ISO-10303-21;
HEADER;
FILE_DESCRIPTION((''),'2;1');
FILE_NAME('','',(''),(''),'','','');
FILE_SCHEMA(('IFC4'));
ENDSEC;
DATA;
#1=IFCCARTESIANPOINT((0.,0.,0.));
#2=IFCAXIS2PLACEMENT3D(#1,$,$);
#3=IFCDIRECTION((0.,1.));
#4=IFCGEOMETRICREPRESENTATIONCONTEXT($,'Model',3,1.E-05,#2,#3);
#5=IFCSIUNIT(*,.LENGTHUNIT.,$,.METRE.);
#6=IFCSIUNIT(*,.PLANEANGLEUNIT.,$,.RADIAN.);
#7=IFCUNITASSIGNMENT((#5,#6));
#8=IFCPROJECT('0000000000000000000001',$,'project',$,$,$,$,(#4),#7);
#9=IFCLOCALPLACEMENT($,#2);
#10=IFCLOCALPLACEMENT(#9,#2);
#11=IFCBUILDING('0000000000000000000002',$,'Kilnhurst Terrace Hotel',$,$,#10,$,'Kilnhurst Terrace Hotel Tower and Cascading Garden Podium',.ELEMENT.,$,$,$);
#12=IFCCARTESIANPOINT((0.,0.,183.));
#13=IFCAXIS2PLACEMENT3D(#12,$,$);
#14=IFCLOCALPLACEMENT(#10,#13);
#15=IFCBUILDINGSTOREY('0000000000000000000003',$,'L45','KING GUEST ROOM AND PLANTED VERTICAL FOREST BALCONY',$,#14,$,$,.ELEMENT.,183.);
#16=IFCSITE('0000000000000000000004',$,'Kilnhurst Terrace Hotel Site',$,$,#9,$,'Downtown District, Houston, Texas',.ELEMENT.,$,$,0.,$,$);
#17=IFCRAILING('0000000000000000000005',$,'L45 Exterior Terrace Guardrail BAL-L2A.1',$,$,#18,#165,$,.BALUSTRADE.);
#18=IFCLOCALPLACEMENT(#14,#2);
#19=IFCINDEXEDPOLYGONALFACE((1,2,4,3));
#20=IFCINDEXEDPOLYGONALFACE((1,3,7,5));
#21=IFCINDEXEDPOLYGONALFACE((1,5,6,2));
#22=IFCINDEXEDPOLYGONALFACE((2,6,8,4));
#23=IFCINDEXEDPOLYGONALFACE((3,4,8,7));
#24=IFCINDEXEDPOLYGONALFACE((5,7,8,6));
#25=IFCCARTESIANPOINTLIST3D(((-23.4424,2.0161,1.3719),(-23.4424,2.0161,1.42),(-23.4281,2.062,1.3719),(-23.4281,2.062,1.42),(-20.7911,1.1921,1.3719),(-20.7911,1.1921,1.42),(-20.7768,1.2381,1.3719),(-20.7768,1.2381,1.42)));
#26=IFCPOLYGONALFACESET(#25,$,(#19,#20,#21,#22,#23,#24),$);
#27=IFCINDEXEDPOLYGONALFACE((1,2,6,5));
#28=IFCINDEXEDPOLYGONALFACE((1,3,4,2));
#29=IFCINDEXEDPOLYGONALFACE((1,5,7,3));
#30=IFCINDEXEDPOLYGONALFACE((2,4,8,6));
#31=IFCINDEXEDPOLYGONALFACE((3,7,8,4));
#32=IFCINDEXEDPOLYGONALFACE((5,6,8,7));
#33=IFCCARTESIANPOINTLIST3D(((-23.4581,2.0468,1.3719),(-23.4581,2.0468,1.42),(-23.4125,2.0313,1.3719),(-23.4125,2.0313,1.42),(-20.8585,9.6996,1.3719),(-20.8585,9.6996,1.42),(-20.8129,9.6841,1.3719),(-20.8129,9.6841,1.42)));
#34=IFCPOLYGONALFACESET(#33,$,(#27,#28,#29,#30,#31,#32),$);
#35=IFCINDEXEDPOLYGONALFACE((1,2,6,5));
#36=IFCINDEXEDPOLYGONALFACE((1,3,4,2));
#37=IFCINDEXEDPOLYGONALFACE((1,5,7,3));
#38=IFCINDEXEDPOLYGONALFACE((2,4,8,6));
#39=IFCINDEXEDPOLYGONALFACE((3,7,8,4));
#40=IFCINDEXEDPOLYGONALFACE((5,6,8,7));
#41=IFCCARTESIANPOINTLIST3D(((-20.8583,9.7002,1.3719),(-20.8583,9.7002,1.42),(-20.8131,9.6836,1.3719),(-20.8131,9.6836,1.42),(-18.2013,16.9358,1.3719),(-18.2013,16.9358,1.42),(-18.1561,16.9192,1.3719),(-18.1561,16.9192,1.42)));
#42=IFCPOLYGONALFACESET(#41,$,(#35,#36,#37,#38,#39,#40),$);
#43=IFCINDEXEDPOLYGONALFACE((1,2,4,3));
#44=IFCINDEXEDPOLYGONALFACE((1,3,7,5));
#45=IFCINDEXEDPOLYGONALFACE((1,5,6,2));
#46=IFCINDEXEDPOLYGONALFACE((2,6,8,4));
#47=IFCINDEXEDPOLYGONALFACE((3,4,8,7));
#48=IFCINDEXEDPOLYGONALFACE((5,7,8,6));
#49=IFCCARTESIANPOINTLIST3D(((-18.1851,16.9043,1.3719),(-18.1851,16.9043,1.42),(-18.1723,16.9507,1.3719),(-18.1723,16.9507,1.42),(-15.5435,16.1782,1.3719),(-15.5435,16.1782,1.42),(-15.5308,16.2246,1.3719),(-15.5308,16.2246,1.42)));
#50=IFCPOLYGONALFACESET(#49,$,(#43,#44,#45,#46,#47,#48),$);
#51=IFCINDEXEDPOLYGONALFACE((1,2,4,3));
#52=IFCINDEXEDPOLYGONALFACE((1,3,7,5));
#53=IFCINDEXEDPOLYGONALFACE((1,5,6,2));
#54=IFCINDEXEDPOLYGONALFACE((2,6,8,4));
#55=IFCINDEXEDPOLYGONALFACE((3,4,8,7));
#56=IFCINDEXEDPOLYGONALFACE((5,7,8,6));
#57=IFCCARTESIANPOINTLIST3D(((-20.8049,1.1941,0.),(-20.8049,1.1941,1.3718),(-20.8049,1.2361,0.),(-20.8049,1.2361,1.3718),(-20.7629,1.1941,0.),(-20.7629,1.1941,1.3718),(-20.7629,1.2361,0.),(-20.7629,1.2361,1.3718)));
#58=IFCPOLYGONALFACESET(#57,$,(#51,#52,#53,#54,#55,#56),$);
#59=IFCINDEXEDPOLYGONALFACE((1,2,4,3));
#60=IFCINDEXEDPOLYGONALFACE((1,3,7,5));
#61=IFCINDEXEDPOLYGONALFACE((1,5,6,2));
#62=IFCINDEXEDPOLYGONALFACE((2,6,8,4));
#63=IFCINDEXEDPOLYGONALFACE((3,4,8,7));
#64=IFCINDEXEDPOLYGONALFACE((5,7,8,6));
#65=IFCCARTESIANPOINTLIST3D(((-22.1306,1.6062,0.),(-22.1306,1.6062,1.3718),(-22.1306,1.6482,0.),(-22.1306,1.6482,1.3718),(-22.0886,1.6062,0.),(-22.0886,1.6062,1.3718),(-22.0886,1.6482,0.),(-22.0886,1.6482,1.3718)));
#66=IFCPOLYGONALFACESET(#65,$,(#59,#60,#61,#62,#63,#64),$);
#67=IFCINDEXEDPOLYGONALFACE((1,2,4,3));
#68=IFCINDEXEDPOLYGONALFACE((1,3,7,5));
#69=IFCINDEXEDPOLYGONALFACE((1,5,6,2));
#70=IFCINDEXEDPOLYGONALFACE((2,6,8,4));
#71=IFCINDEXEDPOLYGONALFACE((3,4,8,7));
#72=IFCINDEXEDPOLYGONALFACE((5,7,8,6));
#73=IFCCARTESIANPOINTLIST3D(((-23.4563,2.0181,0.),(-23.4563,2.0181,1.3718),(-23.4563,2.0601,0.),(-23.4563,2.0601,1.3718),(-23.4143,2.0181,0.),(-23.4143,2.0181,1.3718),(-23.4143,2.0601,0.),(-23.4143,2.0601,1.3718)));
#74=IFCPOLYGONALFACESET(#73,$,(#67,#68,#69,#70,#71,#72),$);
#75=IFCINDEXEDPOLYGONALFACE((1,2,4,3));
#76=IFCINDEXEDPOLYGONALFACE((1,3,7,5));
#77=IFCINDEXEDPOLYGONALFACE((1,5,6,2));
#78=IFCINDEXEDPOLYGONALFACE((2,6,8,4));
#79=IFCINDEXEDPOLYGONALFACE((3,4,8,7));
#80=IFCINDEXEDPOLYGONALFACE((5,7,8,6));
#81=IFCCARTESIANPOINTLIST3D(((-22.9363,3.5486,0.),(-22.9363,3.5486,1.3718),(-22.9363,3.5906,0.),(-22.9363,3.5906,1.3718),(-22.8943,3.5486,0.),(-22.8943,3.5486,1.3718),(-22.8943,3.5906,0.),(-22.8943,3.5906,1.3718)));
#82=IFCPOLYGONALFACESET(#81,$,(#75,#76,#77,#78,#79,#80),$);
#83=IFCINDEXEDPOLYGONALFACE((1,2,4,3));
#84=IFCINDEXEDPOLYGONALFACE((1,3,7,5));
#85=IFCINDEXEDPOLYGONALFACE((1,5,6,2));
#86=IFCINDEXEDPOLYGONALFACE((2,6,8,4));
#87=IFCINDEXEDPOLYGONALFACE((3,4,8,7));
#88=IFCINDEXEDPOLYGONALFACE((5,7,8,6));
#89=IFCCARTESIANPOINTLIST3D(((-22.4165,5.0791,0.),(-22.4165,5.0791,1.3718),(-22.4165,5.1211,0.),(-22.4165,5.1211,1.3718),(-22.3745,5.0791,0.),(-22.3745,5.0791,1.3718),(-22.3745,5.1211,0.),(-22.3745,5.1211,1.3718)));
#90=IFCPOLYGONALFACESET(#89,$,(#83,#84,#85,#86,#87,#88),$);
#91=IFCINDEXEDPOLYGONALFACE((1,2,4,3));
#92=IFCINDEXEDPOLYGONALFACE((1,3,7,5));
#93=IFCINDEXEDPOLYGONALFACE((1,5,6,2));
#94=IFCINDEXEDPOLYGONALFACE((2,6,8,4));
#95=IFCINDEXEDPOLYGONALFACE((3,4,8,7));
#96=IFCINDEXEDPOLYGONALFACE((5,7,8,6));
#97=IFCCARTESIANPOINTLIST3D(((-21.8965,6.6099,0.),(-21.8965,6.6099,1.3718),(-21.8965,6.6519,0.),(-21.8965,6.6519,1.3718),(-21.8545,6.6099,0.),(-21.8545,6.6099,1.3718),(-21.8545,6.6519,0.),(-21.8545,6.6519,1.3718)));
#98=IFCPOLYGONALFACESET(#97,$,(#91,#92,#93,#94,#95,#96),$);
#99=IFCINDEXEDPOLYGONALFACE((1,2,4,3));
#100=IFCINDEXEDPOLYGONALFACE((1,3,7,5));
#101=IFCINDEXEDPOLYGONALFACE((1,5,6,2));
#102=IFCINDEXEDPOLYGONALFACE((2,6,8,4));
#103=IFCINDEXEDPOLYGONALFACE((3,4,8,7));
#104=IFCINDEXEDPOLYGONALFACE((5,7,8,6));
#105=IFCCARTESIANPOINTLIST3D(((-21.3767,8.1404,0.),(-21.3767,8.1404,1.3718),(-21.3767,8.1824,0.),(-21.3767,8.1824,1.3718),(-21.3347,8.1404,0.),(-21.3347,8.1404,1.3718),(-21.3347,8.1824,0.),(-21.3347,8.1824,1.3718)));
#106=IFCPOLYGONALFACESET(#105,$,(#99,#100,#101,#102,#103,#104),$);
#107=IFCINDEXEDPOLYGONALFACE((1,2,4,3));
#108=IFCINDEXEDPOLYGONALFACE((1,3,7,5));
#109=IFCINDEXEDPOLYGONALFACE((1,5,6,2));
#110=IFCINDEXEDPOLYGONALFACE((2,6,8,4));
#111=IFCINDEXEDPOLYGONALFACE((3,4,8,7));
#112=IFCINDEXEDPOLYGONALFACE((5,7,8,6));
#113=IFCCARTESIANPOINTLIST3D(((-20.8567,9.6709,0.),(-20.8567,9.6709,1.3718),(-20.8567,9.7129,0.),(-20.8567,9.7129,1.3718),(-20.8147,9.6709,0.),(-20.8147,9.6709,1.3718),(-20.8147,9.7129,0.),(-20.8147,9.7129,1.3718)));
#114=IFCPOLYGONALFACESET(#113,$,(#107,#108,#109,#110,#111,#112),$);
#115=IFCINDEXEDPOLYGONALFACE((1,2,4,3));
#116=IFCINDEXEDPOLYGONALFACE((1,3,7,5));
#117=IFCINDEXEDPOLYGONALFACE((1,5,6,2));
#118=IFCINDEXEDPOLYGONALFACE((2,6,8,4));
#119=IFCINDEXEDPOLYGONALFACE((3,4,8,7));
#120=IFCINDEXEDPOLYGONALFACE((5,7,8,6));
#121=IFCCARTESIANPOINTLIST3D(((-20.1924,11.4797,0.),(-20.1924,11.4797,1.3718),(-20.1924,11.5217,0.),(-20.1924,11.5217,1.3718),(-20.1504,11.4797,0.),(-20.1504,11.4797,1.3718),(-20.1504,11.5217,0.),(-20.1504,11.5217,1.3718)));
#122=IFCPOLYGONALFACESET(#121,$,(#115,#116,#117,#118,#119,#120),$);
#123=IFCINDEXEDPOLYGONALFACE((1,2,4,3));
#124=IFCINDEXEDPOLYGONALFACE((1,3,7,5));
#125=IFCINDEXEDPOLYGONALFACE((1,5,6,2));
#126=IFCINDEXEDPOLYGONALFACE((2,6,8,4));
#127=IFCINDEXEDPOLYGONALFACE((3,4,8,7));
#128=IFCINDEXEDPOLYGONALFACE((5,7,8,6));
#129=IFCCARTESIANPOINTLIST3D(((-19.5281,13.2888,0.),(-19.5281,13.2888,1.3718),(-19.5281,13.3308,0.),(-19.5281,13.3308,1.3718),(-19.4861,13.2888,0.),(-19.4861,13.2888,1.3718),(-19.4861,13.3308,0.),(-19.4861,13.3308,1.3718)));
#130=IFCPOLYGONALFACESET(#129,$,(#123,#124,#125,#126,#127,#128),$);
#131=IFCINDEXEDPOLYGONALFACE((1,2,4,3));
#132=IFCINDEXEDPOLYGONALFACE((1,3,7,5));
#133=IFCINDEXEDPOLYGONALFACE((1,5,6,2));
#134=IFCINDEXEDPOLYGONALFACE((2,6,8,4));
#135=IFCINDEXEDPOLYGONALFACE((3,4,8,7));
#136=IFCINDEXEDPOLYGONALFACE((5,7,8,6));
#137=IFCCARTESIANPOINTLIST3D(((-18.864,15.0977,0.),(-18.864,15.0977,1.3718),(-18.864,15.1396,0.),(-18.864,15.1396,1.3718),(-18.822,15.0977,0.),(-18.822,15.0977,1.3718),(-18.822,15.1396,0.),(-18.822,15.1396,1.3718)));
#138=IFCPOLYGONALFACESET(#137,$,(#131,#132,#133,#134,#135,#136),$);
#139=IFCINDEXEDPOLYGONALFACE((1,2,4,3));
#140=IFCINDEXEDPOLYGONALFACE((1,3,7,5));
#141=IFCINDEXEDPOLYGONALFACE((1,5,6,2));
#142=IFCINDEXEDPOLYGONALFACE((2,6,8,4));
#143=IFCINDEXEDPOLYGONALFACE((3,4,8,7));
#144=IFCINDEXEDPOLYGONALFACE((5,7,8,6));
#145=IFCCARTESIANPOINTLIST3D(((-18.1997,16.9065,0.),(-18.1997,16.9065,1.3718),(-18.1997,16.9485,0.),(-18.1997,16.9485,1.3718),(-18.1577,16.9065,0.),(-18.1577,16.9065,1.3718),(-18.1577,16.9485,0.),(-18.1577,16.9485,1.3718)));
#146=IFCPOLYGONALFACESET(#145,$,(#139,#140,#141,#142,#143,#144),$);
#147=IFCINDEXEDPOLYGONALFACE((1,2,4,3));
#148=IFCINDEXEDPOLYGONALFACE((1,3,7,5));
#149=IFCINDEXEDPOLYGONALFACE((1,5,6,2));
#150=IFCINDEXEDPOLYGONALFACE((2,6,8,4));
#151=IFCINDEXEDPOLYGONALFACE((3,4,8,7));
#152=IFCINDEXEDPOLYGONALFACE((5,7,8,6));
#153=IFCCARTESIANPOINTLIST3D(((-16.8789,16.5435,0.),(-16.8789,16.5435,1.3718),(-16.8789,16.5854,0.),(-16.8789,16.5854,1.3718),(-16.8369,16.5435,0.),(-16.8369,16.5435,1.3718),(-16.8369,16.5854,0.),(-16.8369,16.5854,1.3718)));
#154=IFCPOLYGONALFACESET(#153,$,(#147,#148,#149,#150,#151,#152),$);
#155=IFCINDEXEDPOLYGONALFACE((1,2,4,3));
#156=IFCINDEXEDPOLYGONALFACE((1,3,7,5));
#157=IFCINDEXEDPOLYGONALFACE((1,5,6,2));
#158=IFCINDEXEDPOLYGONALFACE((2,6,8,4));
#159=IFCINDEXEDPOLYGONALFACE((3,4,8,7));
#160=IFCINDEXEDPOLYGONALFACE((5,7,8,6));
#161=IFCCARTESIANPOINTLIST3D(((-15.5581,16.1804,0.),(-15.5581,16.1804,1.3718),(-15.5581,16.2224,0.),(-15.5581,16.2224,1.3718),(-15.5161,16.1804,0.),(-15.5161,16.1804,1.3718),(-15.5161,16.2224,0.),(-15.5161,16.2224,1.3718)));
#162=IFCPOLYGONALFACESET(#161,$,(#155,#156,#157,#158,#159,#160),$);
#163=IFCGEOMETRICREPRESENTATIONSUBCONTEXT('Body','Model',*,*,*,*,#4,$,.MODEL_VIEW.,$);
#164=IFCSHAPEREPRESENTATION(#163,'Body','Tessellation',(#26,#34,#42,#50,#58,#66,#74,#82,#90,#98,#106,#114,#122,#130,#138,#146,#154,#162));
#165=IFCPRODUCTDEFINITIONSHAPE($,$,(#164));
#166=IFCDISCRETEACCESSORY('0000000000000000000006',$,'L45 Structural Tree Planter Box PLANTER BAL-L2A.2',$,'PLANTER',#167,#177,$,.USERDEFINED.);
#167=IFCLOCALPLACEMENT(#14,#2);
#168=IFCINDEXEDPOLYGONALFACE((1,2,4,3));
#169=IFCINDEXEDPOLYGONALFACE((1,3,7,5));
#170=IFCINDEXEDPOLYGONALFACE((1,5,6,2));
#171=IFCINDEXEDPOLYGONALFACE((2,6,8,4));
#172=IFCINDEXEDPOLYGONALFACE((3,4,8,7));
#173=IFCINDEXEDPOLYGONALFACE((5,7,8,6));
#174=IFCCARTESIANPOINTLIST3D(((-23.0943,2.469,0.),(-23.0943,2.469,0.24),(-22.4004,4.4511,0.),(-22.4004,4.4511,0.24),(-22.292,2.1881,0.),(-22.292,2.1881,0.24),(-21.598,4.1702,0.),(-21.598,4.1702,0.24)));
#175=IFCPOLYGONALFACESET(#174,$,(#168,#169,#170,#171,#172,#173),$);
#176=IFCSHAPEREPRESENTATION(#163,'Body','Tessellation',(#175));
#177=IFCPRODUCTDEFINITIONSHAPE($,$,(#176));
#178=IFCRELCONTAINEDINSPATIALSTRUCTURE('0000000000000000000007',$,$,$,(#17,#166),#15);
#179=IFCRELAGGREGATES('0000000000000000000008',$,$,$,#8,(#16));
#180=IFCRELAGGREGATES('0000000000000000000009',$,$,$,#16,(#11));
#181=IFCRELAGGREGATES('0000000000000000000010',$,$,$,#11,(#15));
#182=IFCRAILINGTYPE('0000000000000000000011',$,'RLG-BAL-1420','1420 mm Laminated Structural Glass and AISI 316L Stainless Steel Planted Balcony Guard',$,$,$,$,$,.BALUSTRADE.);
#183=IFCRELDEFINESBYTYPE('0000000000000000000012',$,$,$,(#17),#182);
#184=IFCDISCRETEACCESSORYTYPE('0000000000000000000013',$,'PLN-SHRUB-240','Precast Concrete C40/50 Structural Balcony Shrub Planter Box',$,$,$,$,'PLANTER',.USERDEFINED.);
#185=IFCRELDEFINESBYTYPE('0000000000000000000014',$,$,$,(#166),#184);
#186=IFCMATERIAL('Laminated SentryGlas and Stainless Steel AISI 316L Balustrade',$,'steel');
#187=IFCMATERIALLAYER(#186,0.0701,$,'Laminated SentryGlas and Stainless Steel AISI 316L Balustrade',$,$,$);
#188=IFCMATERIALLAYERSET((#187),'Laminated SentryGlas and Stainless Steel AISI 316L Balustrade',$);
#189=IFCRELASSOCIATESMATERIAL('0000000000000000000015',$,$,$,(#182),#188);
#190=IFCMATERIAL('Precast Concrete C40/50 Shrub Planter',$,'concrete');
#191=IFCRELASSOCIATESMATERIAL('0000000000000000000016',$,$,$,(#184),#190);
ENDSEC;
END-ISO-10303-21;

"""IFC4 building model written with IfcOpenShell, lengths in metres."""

from ifc_helpers import new_model, si_unit, direction, frame, origin, origin_2d, place, context, subcontext, project, spatial, rectangle, extrude, material, layer, layer_set, type_object, element, save


model = new_model("IFC4")

# Units and contexts
model_context = context("Model", 3, precision=1e-05, world=origin(), true_north=direction((0.0, 1.0)))
body_context = subcontext(model_context, "Body", "Model", "MODEL_VIEW")
ifc_project = project(units=[si_unit("LENGTHUNIT", "METRE"), si_unit("PLANEANGLEUNIT", "RADIAN")], contexts=[model_context])

# Site, building, storey
site_placement = place(None, origin())
site = spatial("IfcSite", under=ifc_project, at=site_placement, Name="Kilnhurst Terrace Hotel Site", LongName="Downtown District, Houston, Texas", CompositionType="ELEMENT", RefElevation=0.0)
building_placement = place(site_placement, origin())
building = spatial("IfcBuilding", under=site, at=building_placement, Name="Kilnhurst Terrace Hotel", LongName="Kilnhurst Terrace Hotel Tower and Cascading Garden Podium", CompositionType="ELEMENT")
storey_placement = place(building_placement, frame((0.0, 0.0, 183.0)))
storey = spatial("IfcBuildingStorey", under=building, at=storey_placement, Name="L45", Description="KING GUEST ROOM AND PLANTED VERTICAL FOREST BALCONY", CompositionType="ELEMENT", Elevation=183.0)

# Railing
ifc_material_1 = material(Name="Laminated SentryGlas and Stainless Steel AISI 316L Balustrade", Category="steel")
ifc_layer_1 = layer(ifc_material_1, 0.0701, Name="Laminated SentryGlas and Stainless Steel AISI 316L Balustrade")
ifc_layer_set_1 = layer_set([ifc_layer_1], Name="Laminated SentryGlas and Stainless Steel AISI 316L Balustrade")
railing_type = type_object("IfcRailingType", Name="RLG-BAL-1420", Description="1420 mm Laminated Structural Glass and AISI 316L Stainless Steel Planted Balcony Guard", PredefinedType="BALUSTRADE", material=ifc_layer_set_1)
railing_placement = place(storey_placement, frame((-20.7839, 1.2151, 0.0)))
element("IfcRailing", 1, at=railing_placement, inside=storey, type_object=railing_type, Name="L45 Exterior Terrace Guardrail BAL-L2A.1", PredefinedType="BALUSTRADE", context=body_context, shape_type="SweptSolid", body=[
    extrude(rectangle(XDim=0.0481, YDim=0.0481, at=origin_2d()), frame((0.0, 0.0, 1.396), z_axis=(-0.954948, 0.296773, 0.0), x_axis=(-0.296773, -0.954948, 0.0)), (0.0, 0.0, 1.0), 2.7764),
    extrude(rectangle(XDim=0.0481, YDim=0.0481, at=origin_2d()), frame((-2.6514, 0.824, 1.396), z_axis=(0.321642, 0.946861, 0.0), x_axis=(-0.946861, 0.321642, 0.0)), (0.0, 0.0, 1.0), 8.0823),
    extrude(rectangle(XDim=0.0481, YDim=0.0481, at=origin_2d()), frame((-0.0518, 8.4768, 1.396), z_axis=(0.344704, 0.938711, 0.0), x_axis=(-0.938711, 0.344704, 0.0)), (0.0, 0.0, 1.0), 7.708),
    extrude(rectangle(XDim=0.0481, YDim=0.0481, at=origin_2d()), frame((2.6052, 15.7124, 1.396), z_axis=(0.96424, -0.265032, 0.0), x_axis=(0.265032, 0.96424, 0.0)), (0.0, 0.0, 1.0), 2.7395),
    extrude(rectangle(XDim=0.042, YDim=0.042, at=origin_2d()), origin(), (0.0, 0.0, 1.0), 1.3718),
    extrude(rectangle(XDim=0.042, YDim=0.042, at=origin_2d()), frame((-1.3257, 0.4121, 0.0)), (0.0, 0.0, 1.0), 1.3718),
    extrude(rectangle(XDim=0.042, YDim=0.042, at=origin_2d()), frame((-2.6514, 0.824, 0.0)), (0.0, 0.0, 1.0), 1.3718),
    extrude(rectangle(XDim=0.042, YDim=0.042, at=origin_2d()), frame((-2.1313, 2.3545, 0.0)), (0.0, 0.0, 1.0), 1.3718),
    extrude(rectangle(XDim=0.042, YDim=0.042, at=origin_2d()), frame((-1.6116, 3.885, 0.0)), (0.0, 0.0, 1.0), 1.3718),
    extrude(rectangle(XDim=0.042, YDim=0.042, at=origin_2d()), frame((-1.0916, 5.4158, 0.0)), (0.0, 0.0, 1.0), 1.3718),
    extrude(rectangle(XDim=0.042, YDim=0.042, at=origin_2d()), frame((-0.5718, 6.9463, 0.0)), (0.0, 0.0, 1.0), 1.3718),
    extrude(rectangle(XDim=0.042, YDim=0.042, at=origin_2d()), frame((-0.0518, 8.4768, 0.0)), (0.0, 0.0, 1.0), 1.3718),
    extrude(rectangle(XDim=0.042, YDim=0.042, at=origin_2d()), frame((0.6125, 10.2856, 0.0)), (0.0, 0.0, 1.0), 1.3718),
    extrude(rectangle(XDim=0.042, YDim=0.042, at=origin_2d()), frame((1.2769, 12.0947, 0.0)), (0.0, 0.0, 1.0), 1.3718),
    extrude(rectangle(XDim=0.042, YDim=0.042, at=origin_2d()), frame((1.9409, 13.9036, 0.0)), (0.0, 0.0, 1.0), 1.3718),
    extrude(rectangle(XDim=0.042, YDim=0.042, at=origin_2d()), frame((2.6052, 15.7124, 0.0)), (0.0, 0.0, 1.0), 1.3718),
    extrude(rectangle(XDim=0.042, YDim=0.042, at=origin_2d()), frame((3.926, 15.3494, 0.0)), (0.0, 0.0, 1.0), 1.3718),
    extrude(rectangle(XDim=0.042, YDim=0.042, at=origin_2d()), frame((5.2468, 14.9863, 0.0)), (0.0, 0.0, 1.0), 1.3718),
])

# Discrete accessory
ifc_material_2 = material(Name="Precast Concrete C40/50 Shrub Planter", Category="concrete")
discrete_accessory_type = type_object("IfcDiscreteAccessoryType", Name="PLN-SHRUB-240", Description="Precast Concrete C40/50 Structural Balcony Shrub Planter Box", ElementType="PLANTER", PredefinedType="USERDEFINED", material=ifc_material_2)
discrete_accessory_placement = place(storey_placement, frame((-22.3462, 3.3196, 0.0), z_axis=(0.0, 0.0, 1.0), x_axis=(-0.330432, -0.94383, 0.0)))
element("IfcDiscreteAccessory", 2, at=discrete_accessory_placement, inside=storey, type_object=discrete_accessory_type, Name="L45 Structural Tree Planter Box PLANTER BAL-L2A.2", ObjectType="PLANTER", PredefinedType="USERDEFINED", context=body_context, shape_type="SweptSolid", body=[
    extrude(rectangle(XDim=2.1001, YDim=0.8501, at=origin_2d()), origin(), (0.0, 0.0, 1.0), 0.24),
])

save(model, "model.ifc")
